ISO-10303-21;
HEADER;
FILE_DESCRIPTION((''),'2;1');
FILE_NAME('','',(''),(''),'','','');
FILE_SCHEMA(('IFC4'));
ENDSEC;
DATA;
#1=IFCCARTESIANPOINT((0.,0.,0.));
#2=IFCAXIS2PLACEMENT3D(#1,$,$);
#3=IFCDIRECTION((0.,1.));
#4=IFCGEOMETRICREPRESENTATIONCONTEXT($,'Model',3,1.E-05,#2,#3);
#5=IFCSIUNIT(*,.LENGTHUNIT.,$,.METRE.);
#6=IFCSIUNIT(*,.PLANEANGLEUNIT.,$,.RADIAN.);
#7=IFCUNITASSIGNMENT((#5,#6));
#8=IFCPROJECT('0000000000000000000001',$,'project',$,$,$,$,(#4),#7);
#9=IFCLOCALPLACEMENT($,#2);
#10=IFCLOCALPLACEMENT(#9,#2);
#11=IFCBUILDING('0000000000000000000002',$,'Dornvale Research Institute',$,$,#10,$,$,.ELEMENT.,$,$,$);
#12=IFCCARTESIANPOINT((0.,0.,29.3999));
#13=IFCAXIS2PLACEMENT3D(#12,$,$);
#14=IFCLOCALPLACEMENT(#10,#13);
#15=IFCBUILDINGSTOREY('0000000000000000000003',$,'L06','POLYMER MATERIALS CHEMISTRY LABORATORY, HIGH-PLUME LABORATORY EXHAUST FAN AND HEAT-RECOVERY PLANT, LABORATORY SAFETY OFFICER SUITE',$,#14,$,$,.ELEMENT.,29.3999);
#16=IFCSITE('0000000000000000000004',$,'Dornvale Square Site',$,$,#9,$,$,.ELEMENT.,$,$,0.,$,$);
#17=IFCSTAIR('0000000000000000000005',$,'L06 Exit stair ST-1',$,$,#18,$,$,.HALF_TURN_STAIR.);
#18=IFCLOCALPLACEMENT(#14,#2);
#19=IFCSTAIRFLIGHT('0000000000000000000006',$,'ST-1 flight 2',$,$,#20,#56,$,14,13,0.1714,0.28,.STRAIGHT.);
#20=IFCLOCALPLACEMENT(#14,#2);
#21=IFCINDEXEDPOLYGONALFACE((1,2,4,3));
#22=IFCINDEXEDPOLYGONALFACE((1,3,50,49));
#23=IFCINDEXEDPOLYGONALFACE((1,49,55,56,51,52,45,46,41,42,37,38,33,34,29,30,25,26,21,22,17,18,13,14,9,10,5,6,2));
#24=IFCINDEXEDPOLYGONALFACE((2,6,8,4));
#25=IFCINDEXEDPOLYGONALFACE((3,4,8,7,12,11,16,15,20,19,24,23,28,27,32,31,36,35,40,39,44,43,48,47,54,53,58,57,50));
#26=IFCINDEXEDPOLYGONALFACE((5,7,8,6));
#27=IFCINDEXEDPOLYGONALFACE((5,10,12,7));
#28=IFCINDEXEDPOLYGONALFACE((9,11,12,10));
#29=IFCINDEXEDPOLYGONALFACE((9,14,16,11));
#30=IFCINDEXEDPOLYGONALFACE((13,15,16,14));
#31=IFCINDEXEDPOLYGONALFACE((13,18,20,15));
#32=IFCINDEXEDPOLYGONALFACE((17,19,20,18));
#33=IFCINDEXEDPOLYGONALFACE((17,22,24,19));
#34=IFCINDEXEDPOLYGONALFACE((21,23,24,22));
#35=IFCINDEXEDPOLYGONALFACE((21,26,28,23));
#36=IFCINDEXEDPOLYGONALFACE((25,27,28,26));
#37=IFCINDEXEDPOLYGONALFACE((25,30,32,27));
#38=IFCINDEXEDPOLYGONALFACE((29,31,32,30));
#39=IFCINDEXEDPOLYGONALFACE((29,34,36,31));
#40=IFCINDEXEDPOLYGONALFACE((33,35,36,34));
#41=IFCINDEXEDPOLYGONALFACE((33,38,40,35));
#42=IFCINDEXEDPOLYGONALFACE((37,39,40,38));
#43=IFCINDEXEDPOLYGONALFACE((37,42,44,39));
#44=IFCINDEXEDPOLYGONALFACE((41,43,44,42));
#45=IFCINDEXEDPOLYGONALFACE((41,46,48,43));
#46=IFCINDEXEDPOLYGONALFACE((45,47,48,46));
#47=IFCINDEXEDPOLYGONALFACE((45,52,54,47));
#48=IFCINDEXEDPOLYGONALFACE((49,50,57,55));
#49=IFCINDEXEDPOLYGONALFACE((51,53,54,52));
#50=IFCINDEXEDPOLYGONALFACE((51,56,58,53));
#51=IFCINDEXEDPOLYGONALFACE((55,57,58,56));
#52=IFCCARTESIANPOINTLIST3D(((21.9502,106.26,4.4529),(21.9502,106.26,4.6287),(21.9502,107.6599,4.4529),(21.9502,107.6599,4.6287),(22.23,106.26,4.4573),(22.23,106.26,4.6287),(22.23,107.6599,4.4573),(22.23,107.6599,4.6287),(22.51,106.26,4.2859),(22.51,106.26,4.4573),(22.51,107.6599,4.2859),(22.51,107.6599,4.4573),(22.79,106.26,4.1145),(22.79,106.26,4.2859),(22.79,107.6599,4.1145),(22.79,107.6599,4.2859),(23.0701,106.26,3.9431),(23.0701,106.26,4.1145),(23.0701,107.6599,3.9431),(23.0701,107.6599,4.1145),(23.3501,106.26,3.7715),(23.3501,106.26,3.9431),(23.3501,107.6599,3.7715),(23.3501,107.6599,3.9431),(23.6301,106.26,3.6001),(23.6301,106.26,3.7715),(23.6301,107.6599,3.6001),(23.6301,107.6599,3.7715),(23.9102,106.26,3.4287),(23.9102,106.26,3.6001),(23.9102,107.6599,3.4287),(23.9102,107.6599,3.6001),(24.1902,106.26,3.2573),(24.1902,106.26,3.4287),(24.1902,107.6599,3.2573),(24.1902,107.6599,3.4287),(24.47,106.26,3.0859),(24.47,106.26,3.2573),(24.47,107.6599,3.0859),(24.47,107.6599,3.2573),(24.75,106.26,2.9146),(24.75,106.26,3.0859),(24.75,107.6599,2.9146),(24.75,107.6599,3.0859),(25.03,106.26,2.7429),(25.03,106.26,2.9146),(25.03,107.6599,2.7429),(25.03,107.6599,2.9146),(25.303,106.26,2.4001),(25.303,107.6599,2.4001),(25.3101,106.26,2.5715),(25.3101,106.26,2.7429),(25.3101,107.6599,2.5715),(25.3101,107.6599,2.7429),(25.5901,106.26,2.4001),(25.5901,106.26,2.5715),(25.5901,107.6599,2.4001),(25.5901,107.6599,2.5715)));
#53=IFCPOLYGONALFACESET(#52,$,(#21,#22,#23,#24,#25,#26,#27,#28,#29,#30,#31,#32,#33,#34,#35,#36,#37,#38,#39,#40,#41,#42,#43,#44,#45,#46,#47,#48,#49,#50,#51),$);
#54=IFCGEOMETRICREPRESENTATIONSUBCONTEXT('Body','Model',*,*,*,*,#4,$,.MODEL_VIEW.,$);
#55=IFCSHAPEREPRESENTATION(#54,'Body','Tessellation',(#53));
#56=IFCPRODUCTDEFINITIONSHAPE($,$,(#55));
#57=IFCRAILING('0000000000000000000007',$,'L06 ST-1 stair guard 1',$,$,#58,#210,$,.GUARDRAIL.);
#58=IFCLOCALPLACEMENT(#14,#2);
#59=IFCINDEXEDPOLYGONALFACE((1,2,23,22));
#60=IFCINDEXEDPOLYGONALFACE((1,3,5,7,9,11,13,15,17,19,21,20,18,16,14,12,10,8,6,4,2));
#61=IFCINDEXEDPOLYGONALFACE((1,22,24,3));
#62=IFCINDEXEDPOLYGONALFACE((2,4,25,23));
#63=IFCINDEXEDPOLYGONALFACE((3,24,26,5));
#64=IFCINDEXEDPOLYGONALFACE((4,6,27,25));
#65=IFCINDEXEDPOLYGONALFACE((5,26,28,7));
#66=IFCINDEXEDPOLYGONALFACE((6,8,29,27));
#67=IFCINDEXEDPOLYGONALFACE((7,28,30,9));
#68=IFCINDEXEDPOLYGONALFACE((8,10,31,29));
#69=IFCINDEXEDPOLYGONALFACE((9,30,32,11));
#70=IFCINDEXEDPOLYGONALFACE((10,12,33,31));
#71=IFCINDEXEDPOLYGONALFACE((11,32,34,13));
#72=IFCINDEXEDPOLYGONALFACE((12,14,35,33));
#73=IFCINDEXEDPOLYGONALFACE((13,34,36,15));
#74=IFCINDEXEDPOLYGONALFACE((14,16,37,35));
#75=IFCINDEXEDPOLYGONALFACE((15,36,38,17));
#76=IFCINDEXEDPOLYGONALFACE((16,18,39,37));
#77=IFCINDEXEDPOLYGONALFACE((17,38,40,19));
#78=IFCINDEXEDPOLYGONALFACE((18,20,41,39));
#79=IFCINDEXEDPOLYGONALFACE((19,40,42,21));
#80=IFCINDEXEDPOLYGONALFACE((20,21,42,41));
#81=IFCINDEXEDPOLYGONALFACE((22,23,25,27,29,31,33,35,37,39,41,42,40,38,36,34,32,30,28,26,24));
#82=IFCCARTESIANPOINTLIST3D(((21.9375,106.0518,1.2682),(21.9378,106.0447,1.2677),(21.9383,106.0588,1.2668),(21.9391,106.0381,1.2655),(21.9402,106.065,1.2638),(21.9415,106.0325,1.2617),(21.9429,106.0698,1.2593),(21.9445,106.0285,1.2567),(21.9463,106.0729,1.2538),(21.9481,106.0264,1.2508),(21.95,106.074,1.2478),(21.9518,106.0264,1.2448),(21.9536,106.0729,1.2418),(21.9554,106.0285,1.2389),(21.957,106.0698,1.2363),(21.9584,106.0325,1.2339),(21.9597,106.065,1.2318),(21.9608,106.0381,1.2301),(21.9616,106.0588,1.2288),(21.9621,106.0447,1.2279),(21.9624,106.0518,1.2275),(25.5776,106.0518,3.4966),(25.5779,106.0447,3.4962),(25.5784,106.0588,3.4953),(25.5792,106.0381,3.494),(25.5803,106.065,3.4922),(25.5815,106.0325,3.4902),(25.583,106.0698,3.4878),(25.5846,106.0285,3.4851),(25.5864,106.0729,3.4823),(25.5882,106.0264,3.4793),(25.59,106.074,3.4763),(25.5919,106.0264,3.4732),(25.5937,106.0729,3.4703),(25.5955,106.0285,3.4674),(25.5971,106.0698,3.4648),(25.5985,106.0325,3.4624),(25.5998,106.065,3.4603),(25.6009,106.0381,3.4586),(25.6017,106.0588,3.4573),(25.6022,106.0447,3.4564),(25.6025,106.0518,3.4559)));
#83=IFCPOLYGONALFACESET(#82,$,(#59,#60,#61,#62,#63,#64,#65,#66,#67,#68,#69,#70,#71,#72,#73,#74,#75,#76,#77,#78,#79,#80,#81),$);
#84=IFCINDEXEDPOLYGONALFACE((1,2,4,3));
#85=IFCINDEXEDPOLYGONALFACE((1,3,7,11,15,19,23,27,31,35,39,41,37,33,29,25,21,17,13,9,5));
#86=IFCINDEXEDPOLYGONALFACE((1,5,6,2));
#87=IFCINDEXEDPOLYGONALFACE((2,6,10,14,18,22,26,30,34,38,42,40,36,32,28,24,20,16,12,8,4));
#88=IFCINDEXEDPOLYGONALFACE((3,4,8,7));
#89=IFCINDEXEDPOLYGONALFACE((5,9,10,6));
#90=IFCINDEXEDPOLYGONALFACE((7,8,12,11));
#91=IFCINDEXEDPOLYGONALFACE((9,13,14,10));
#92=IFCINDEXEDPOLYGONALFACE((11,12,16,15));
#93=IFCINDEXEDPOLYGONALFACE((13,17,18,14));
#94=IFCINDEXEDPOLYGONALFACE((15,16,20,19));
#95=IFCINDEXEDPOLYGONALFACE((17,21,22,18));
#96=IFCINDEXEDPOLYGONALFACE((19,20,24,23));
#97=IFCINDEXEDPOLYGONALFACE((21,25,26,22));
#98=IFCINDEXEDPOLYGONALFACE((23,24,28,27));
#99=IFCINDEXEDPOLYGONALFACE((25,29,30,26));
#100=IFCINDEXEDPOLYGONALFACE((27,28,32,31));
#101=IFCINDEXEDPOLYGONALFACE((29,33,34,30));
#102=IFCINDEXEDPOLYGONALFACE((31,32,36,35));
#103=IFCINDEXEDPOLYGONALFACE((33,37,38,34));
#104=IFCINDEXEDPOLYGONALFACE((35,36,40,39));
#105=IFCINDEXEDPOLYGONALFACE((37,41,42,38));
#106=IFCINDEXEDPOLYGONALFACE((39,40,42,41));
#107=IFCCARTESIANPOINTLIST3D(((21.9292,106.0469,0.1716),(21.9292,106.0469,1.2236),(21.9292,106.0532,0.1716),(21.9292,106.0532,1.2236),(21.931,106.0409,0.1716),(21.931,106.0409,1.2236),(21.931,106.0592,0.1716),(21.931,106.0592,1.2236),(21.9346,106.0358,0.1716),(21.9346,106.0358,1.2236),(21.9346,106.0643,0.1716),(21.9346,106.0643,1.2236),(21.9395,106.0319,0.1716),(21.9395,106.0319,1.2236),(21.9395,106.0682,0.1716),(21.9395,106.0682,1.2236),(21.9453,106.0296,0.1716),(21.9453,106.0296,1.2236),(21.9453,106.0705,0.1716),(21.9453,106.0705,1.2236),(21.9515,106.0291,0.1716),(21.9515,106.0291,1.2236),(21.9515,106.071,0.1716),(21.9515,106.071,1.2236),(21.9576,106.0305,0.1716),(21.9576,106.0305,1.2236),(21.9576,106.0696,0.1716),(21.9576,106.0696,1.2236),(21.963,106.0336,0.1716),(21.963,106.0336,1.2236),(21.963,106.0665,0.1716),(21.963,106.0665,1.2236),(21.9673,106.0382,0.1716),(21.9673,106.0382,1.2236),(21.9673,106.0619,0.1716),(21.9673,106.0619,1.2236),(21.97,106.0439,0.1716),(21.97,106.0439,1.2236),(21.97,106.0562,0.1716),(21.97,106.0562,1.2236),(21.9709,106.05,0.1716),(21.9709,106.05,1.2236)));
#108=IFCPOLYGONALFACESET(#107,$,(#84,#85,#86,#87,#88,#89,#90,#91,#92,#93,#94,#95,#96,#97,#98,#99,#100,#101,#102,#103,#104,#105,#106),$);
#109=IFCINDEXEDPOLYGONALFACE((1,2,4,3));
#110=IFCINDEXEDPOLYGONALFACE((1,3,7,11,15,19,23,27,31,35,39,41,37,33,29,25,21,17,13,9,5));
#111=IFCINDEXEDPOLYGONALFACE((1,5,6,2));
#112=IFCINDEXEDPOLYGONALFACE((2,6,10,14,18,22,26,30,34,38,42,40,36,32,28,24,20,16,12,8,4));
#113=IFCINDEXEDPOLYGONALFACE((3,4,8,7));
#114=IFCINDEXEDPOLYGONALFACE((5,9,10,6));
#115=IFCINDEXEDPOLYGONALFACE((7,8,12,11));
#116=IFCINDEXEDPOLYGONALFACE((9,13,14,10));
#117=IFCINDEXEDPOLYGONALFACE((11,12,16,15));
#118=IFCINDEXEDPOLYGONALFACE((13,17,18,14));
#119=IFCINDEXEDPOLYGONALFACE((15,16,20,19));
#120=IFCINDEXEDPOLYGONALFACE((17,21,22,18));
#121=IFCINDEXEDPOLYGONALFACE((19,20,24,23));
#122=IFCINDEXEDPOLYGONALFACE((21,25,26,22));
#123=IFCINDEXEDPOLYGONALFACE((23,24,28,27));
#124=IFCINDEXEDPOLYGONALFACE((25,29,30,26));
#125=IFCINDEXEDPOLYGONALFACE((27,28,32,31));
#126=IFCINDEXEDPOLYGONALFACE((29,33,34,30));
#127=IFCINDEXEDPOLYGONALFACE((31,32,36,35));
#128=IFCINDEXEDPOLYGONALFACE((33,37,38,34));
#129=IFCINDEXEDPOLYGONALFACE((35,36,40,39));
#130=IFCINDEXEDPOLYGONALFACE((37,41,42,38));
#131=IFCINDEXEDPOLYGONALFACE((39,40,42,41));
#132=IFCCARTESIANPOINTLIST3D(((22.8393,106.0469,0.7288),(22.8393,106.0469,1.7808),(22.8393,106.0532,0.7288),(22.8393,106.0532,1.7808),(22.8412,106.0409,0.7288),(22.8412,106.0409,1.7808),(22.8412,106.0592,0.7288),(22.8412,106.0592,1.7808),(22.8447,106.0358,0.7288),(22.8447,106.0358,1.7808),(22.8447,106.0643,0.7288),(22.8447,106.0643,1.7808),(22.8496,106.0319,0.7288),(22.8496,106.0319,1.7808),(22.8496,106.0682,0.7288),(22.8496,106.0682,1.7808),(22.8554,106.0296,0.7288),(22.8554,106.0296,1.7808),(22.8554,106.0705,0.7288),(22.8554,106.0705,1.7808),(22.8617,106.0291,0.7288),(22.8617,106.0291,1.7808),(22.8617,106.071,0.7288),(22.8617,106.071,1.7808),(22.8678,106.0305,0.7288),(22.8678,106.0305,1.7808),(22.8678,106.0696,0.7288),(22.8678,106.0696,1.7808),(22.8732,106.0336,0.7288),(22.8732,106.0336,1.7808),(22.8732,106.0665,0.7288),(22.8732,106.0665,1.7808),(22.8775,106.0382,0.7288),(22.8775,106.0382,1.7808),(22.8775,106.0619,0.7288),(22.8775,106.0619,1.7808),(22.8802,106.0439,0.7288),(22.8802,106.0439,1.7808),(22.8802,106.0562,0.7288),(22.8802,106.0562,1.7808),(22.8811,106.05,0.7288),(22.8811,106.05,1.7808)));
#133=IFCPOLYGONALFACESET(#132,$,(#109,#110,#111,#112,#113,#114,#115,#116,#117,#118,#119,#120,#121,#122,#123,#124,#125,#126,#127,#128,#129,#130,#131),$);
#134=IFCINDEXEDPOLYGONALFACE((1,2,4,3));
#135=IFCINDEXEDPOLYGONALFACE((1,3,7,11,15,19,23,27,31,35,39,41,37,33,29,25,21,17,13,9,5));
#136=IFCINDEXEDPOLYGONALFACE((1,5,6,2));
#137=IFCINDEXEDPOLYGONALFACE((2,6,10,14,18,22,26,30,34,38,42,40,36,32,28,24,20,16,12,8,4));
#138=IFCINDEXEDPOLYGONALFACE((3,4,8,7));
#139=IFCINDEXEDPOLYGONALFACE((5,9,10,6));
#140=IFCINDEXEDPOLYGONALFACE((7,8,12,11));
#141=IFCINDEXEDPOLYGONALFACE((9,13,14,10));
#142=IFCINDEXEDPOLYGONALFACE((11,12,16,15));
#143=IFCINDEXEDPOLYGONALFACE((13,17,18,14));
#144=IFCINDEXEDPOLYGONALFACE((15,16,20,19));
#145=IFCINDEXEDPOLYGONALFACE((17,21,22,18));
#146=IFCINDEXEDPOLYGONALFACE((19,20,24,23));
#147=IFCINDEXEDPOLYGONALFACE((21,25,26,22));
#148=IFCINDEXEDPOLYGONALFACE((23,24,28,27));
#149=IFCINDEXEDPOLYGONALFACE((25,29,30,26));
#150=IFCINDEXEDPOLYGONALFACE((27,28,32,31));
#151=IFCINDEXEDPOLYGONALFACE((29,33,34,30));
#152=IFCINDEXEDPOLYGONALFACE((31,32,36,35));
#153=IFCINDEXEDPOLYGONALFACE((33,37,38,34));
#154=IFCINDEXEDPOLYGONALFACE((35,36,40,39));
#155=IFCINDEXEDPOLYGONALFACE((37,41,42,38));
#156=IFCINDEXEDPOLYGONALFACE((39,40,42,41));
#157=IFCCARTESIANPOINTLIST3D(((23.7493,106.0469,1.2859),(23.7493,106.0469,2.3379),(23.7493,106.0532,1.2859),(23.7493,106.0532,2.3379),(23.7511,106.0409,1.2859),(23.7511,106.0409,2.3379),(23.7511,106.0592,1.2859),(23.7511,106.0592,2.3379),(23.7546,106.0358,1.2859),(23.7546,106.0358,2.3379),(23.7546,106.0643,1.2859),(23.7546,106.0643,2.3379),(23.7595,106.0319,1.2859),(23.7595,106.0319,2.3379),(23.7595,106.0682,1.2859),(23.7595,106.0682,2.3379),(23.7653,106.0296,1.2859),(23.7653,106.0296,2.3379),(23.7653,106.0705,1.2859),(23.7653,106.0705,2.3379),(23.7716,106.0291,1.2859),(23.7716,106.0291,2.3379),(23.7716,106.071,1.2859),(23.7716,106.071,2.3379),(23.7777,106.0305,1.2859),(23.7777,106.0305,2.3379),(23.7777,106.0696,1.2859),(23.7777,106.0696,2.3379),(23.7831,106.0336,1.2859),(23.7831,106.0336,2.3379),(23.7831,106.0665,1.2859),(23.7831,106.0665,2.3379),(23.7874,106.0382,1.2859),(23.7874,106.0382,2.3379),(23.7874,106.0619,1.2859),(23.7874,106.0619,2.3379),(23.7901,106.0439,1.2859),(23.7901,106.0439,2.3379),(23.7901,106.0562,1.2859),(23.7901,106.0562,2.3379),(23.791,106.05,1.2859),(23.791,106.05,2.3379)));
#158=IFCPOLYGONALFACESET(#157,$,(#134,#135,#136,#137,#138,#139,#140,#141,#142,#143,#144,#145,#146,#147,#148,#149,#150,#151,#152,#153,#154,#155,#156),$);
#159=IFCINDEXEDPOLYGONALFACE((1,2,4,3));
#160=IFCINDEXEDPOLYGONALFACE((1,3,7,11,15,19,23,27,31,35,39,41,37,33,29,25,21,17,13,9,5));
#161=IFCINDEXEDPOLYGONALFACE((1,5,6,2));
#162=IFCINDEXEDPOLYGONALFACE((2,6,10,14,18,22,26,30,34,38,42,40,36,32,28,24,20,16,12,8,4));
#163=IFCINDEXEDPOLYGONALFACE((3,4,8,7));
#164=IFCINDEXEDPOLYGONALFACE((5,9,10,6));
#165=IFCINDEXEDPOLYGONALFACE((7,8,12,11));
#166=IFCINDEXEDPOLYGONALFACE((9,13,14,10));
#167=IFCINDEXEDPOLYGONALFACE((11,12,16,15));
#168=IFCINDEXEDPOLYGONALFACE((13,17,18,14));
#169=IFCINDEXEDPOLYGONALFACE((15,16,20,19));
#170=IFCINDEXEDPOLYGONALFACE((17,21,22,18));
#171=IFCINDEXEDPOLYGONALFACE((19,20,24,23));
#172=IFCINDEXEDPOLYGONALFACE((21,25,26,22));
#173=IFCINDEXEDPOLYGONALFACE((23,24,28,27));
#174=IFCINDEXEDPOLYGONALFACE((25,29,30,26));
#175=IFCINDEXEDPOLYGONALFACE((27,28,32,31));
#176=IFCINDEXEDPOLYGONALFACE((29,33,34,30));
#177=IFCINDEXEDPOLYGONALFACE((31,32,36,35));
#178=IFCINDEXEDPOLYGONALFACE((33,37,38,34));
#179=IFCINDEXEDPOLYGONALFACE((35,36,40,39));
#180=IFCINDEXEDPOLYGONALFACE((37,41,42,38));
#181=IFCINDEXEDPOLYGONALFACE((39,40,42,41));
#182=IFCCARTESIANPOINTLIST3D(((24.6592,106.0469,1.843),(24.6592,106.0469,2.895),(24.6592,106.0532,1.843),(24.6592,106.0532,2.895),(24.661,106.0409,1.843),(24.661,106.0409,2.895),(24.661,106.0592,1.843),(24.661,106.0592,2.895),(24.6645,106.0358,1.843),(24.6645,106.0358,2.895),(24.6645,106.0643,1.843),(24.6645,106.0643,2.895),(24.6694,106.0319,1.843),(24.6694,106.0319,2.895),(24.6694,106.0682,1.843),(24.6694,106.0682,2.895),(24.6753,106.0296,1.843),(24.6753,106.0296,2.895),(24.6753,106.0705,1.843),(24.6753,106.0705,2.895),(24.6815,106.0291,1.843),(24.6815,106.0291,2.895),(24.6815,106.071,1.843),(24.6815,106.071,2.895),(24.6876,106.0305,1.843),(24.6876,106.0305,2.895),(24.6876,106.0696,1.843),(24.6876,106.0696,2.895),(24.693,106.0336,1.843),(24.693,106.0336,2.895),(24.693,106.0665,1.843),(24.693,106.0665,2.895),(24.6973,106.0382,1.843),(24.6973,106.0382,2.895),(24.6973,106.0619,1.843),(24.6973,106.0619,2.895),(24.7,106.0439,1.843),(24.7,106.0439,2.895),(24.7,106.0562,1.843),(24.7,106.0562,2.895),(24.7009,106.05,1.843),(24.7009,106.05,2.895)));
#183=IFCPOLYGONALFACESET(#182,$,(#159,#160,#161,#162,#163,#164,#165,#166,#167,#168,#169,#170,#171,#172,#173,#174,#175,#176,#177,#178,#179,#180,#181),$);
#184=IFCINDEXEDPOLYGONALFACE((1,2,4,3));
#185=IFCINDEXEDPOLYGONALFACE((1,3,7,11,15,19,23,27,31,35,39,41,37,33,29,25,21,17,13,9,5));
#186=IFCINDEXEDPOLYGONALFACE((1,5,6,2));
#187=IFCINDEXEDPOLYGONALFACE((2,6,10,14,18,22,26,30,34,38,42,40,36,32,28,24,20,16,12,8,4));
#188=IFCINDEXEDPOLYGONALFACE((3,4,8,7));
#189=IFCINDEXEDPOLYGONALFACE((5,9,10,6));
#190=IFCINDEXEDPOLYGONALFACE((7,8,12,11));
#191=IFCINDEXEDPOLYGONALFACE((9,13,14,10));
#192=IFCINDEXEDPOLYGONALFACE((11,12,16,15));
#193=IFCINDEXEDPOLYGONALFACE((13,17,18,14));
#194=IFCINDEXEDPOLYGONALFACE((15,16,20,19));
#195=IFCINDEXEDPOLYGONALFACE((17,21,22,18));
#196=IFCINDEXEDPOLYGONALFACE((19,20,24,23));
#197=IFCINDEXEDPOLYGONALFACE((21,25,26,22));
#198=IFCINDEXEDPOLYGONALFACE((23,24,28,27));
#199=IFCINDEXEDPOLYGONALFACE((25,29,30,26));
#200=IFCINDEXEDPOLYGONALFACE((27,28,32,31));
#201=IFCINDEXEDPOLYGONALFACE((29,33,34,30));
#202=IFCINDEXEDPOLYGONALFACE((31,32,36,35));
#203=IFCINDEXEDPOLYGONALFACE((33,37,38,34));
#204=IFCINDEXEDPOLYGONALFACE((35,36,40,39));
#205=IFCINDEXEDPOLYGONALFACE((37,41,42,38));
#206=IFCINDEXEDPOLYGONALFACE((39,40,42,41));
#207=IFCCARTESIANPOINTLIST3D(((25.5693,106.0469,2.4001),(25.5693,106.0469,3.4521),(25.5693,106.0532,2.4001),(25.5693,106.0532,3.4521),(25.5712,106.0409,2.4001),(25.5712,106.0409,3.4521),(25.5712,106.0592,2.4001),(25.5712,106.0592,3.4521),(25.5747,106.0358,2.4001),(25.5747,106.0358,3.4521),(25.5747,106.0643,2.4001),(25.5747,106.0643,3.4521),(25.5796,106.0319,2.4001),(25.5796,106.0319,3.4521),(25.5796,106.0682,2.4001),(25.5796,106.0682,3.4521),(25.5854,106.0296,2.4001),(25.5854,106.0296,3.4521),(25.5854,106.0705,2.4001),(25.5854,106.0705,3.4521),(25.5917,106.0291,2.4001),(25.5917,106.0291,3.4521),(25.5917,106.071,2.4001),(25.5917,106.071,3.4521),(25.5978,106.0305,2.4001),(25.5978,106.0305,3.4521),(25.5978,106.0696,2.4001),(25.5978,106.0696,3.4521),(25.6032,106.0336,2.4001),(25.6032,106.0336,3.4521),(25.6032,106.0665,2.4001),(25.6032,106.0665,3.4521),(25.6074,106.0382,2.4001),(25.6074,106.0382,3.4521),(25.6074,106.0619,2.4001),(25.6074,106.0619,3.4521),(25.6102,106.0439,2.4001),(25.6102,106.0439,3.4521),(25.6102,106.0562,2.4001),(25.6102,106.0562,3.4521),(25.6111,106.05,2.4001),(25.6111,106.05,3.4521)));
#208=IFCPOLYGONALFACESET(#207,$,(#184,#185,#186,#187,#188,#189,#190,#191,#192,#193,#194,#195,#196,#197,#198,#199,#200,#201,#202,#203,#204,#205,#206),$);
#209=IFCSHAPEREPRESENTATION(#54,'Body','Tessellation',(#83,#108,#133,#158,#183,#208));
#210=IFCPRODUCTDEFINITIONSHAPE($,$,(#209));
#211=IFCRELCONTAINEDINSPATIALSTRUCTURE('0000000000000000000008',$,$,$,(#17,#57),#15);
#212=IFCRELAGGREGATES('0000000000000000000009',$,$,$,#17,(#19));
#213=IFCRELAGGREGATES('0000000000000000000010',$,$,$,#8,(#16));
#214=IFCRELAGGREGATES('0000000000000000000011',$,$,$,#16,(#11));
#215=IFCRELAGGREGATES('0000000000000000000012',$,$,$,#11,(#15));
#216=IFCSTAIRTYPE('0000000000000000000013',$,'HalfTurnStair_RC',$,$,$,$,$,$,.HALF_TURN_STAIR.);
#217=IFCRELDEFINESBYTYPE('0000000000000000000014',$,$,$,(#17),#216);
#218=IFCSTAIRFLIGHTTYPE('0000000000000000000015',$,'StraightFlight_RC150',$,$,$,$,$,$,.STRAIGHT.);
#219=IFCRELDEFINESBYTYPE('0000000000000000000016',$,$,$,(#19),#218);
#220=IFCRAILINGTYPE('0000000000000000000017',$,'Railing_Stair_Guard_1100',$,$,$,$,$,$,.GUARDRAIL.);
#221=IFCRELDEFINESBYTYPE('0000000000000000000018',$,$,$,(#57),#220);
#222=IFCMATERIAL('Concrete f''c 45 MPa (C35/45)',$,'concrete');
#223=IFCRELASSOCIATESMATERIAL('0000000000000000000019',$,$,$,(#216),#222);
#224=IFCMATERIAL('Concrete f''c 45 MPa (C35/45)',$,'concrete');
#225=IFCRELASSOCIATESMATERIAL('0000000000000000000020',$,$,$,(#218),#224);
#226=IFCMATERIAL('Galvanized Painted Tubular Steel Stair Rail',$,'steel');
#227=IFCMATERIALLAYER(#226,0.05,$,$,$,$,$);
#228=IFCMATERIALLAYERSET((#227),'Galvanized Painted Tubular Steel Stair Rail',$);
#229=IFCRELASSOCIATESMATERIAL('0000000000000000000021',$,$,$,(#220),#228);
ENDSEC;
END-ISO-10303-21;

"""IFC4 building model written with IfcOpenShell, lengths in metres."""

from ifc_helpers import new_model, si_unit, direction, frame, origin, origin_2d, place, context, subcontext, project, spatial, polyline, circle, outline, extrude, material, layer, layer_set, type_object, element, aggregate, save


model = new_model("IFC4")

# Units and contexts
model_context = context("Model", 3, precision=1e-05, world=origin(), true_north=direction((0.0, 1.0)))
body_context = subcontext(model_context, "Body", "Model", "MODEL_VIEW")
ifc_project = project(units=[si_unit("LENGTHUNIT", "METRE"), si_unit("PLANEANGLEUNIT", "RADIAN")], contexts=[model_context])

# Site, building, storey
site_placement = place(None, origin())
site = spatial("IfcSite", under=ifc_project, at=site_placement, Name="Dornvale Square Site", CompositionType="ELEMENT", RefElevation=0.0)
building_placement = place(site_placement, origin())
building = spatial("IfcBuilding", under=site, at=building_placement, Name="Dornvale Research Institute", CompositionType="ELEMENT")
storey_placement = place(building_placement, frame((0.0, 0.0, 29.3999)))
storey = spatial("IfcBuildingStorey", under=building, at=storey_placement, Name="L06", Description="POLYMER MATERIALS CHEMISTRY LABORATORY, HIGH-PLUME LABORATORY EXHAUST FAN AND HEAT-RECOVERY PLANT, LABORATORY SAFETY OFFICER SUITE", CompositionType="ELEMENT", Elevation=29.3999)

# Stair, stair flight
ifc_material_1 = material(Name="Concrete f'c 45 MPa (C35/45)", Category="concrete")
stair_type = type_object("IfcStairType", Name="HalfTurnStair_RC", PredefinedType="HALF_TURN_STAIR", material=ifc_material_1)
stair_placement = place(storey_placement, origin())
stair = element("IfcStair", 1, at=stair_placement, inside=storey, type_object=stair_type, Name="L06 Exit stair ST-1", PredefinedType="HALF_TURN_STAIR")
ifc_material_2 = material(Name="Concrete f'c 45 MPa (C35/45)", Category="concrete")
stair_flight_type = type_object("IfcStairFlightType", Name="StraightFlight_RC150", PredefinedType="STRAIGHT", material=ifc_material_2)
stair_flight_1_placement = place(storey_placement, frame((25.5901, 106.96, 2.4001), z_axis=(0.0, 0.0, 1.0), x_axis=(-1.0, 0.0, 0.0)))
stair_flight_1 = element("IfcStairFlight", 2, at=stair_flight_1_placement, type_object=stair_flight_type, Name="ST-1 flight 2", NumberOfRisers=14, NumberOfTreads=13, PredefinedType="STRAIGHT", RiserHeight=0.1714, TreadLength=0.28, context=body_context, shape_type="SweptSolid", body=[
    extrude(outline(polyline([(0.0, 0.0), (0.0, 0.1714), (0.28, 0.1714), (0.28, 0.3428), (0.5601, 0.3428), (0.5601, 0.5144), (0.8401, 0.5144), (0.8401, 0.6858), (1.1201, 0.6858), (1.1201, 0.8572), (1.3999, 0.8572), (1.3999, 1.0286), (1.6799, 1.0286), (1.6799, 1.2), (1.96, 1.2), (1.96, 1.3713), (2.24, 1.3713), (2.24, 1.543), (2.52, 1.543), (2.52, 1.7144), (2.8, 1.7144), (2.8, 1.8857), (3.0801, 1.8857), (3.0801, 2.0571), (3.3601, 2.0571), (3.3601, 2.2285), (3.6399, 2.2285), (3.6399, 2.3999), (3.6399, 2.0527), (0.2871, 0.0), (0.0, 0.0)])), frame((0.0, 0.7, 0.0), z_axis=(0.0, -1.0, 0.0), x_axis=(1.0, 0.0, 0.0)), (0.0, 0.0, 1.0), 1.3999),
])
aggregate(stair, [stair_flight_1])

# Railing
ifc_material_3 = material(Name="Galvanized Painted Tubular Steel Stair Rail", Category="steel")
ifc_layer_1 = layer(ifc_material_3, 0.05)
ifc_layer_set_1 = layer_set([ifc_layer_1], Name="Galvanized Painted Tubular Steel Stair Rail")
railing_type_1 = type_object("IfcRailingType", Name="Railing_Stair_Guard_1100", PredefinedType="GUARDRAIL", material=ifc_layer_set_1)
railing_1_placement = place(storey_placement, frame((21.95, 106.05, 0.1716)))
element("IfcRailing", 3, at=railing_1_placement, inside=storey, type_object=railing_type_1, Name="L06 ST-1 stair guard 1", PredefinedType="GUARDRAIL", context=body_context, shape_type="SweptSolid", body=[
    extrude(circle(Radius=0.0239, at=origin_2d()), frame((0.0, 0.0, 1.0762), z_axis=(0.852866, 0.0, 0.52213), x_axis=(0.0, 1.0, 0.0)), (0.0, 0.0, 1.0), 4.2681),
    extrude(circle(Radius=0.021, at=origin_2d()), origin(), (0.0, 0.0, 1.0), 1.052),
    extrude(circle(Radius=0.021, at=origin_2d()), frame((0.9102, 0.0, 0.5571)), (0.0, 0.0, 1.0), 1.052),
    extrude(circle(Radius=0.021, at=origin_2d()), frame((1.8201, 0.0, 1.1143)), (0.0, 0.0, 1.0), 1.052),
    extrude(circle(Radius=0.021, at=origin_2d()), frame((2.73, 0.0, 1.6714)), (0.0, 0.0, 1.0), 1.052),
    extrude(circle(Radius=0.021, at=origin_2d()), frame((3.6401, 0.0, 2.2285)), (0.0, 0.0, 1.0), 1.052),
])

save(model, "model.ifc")
